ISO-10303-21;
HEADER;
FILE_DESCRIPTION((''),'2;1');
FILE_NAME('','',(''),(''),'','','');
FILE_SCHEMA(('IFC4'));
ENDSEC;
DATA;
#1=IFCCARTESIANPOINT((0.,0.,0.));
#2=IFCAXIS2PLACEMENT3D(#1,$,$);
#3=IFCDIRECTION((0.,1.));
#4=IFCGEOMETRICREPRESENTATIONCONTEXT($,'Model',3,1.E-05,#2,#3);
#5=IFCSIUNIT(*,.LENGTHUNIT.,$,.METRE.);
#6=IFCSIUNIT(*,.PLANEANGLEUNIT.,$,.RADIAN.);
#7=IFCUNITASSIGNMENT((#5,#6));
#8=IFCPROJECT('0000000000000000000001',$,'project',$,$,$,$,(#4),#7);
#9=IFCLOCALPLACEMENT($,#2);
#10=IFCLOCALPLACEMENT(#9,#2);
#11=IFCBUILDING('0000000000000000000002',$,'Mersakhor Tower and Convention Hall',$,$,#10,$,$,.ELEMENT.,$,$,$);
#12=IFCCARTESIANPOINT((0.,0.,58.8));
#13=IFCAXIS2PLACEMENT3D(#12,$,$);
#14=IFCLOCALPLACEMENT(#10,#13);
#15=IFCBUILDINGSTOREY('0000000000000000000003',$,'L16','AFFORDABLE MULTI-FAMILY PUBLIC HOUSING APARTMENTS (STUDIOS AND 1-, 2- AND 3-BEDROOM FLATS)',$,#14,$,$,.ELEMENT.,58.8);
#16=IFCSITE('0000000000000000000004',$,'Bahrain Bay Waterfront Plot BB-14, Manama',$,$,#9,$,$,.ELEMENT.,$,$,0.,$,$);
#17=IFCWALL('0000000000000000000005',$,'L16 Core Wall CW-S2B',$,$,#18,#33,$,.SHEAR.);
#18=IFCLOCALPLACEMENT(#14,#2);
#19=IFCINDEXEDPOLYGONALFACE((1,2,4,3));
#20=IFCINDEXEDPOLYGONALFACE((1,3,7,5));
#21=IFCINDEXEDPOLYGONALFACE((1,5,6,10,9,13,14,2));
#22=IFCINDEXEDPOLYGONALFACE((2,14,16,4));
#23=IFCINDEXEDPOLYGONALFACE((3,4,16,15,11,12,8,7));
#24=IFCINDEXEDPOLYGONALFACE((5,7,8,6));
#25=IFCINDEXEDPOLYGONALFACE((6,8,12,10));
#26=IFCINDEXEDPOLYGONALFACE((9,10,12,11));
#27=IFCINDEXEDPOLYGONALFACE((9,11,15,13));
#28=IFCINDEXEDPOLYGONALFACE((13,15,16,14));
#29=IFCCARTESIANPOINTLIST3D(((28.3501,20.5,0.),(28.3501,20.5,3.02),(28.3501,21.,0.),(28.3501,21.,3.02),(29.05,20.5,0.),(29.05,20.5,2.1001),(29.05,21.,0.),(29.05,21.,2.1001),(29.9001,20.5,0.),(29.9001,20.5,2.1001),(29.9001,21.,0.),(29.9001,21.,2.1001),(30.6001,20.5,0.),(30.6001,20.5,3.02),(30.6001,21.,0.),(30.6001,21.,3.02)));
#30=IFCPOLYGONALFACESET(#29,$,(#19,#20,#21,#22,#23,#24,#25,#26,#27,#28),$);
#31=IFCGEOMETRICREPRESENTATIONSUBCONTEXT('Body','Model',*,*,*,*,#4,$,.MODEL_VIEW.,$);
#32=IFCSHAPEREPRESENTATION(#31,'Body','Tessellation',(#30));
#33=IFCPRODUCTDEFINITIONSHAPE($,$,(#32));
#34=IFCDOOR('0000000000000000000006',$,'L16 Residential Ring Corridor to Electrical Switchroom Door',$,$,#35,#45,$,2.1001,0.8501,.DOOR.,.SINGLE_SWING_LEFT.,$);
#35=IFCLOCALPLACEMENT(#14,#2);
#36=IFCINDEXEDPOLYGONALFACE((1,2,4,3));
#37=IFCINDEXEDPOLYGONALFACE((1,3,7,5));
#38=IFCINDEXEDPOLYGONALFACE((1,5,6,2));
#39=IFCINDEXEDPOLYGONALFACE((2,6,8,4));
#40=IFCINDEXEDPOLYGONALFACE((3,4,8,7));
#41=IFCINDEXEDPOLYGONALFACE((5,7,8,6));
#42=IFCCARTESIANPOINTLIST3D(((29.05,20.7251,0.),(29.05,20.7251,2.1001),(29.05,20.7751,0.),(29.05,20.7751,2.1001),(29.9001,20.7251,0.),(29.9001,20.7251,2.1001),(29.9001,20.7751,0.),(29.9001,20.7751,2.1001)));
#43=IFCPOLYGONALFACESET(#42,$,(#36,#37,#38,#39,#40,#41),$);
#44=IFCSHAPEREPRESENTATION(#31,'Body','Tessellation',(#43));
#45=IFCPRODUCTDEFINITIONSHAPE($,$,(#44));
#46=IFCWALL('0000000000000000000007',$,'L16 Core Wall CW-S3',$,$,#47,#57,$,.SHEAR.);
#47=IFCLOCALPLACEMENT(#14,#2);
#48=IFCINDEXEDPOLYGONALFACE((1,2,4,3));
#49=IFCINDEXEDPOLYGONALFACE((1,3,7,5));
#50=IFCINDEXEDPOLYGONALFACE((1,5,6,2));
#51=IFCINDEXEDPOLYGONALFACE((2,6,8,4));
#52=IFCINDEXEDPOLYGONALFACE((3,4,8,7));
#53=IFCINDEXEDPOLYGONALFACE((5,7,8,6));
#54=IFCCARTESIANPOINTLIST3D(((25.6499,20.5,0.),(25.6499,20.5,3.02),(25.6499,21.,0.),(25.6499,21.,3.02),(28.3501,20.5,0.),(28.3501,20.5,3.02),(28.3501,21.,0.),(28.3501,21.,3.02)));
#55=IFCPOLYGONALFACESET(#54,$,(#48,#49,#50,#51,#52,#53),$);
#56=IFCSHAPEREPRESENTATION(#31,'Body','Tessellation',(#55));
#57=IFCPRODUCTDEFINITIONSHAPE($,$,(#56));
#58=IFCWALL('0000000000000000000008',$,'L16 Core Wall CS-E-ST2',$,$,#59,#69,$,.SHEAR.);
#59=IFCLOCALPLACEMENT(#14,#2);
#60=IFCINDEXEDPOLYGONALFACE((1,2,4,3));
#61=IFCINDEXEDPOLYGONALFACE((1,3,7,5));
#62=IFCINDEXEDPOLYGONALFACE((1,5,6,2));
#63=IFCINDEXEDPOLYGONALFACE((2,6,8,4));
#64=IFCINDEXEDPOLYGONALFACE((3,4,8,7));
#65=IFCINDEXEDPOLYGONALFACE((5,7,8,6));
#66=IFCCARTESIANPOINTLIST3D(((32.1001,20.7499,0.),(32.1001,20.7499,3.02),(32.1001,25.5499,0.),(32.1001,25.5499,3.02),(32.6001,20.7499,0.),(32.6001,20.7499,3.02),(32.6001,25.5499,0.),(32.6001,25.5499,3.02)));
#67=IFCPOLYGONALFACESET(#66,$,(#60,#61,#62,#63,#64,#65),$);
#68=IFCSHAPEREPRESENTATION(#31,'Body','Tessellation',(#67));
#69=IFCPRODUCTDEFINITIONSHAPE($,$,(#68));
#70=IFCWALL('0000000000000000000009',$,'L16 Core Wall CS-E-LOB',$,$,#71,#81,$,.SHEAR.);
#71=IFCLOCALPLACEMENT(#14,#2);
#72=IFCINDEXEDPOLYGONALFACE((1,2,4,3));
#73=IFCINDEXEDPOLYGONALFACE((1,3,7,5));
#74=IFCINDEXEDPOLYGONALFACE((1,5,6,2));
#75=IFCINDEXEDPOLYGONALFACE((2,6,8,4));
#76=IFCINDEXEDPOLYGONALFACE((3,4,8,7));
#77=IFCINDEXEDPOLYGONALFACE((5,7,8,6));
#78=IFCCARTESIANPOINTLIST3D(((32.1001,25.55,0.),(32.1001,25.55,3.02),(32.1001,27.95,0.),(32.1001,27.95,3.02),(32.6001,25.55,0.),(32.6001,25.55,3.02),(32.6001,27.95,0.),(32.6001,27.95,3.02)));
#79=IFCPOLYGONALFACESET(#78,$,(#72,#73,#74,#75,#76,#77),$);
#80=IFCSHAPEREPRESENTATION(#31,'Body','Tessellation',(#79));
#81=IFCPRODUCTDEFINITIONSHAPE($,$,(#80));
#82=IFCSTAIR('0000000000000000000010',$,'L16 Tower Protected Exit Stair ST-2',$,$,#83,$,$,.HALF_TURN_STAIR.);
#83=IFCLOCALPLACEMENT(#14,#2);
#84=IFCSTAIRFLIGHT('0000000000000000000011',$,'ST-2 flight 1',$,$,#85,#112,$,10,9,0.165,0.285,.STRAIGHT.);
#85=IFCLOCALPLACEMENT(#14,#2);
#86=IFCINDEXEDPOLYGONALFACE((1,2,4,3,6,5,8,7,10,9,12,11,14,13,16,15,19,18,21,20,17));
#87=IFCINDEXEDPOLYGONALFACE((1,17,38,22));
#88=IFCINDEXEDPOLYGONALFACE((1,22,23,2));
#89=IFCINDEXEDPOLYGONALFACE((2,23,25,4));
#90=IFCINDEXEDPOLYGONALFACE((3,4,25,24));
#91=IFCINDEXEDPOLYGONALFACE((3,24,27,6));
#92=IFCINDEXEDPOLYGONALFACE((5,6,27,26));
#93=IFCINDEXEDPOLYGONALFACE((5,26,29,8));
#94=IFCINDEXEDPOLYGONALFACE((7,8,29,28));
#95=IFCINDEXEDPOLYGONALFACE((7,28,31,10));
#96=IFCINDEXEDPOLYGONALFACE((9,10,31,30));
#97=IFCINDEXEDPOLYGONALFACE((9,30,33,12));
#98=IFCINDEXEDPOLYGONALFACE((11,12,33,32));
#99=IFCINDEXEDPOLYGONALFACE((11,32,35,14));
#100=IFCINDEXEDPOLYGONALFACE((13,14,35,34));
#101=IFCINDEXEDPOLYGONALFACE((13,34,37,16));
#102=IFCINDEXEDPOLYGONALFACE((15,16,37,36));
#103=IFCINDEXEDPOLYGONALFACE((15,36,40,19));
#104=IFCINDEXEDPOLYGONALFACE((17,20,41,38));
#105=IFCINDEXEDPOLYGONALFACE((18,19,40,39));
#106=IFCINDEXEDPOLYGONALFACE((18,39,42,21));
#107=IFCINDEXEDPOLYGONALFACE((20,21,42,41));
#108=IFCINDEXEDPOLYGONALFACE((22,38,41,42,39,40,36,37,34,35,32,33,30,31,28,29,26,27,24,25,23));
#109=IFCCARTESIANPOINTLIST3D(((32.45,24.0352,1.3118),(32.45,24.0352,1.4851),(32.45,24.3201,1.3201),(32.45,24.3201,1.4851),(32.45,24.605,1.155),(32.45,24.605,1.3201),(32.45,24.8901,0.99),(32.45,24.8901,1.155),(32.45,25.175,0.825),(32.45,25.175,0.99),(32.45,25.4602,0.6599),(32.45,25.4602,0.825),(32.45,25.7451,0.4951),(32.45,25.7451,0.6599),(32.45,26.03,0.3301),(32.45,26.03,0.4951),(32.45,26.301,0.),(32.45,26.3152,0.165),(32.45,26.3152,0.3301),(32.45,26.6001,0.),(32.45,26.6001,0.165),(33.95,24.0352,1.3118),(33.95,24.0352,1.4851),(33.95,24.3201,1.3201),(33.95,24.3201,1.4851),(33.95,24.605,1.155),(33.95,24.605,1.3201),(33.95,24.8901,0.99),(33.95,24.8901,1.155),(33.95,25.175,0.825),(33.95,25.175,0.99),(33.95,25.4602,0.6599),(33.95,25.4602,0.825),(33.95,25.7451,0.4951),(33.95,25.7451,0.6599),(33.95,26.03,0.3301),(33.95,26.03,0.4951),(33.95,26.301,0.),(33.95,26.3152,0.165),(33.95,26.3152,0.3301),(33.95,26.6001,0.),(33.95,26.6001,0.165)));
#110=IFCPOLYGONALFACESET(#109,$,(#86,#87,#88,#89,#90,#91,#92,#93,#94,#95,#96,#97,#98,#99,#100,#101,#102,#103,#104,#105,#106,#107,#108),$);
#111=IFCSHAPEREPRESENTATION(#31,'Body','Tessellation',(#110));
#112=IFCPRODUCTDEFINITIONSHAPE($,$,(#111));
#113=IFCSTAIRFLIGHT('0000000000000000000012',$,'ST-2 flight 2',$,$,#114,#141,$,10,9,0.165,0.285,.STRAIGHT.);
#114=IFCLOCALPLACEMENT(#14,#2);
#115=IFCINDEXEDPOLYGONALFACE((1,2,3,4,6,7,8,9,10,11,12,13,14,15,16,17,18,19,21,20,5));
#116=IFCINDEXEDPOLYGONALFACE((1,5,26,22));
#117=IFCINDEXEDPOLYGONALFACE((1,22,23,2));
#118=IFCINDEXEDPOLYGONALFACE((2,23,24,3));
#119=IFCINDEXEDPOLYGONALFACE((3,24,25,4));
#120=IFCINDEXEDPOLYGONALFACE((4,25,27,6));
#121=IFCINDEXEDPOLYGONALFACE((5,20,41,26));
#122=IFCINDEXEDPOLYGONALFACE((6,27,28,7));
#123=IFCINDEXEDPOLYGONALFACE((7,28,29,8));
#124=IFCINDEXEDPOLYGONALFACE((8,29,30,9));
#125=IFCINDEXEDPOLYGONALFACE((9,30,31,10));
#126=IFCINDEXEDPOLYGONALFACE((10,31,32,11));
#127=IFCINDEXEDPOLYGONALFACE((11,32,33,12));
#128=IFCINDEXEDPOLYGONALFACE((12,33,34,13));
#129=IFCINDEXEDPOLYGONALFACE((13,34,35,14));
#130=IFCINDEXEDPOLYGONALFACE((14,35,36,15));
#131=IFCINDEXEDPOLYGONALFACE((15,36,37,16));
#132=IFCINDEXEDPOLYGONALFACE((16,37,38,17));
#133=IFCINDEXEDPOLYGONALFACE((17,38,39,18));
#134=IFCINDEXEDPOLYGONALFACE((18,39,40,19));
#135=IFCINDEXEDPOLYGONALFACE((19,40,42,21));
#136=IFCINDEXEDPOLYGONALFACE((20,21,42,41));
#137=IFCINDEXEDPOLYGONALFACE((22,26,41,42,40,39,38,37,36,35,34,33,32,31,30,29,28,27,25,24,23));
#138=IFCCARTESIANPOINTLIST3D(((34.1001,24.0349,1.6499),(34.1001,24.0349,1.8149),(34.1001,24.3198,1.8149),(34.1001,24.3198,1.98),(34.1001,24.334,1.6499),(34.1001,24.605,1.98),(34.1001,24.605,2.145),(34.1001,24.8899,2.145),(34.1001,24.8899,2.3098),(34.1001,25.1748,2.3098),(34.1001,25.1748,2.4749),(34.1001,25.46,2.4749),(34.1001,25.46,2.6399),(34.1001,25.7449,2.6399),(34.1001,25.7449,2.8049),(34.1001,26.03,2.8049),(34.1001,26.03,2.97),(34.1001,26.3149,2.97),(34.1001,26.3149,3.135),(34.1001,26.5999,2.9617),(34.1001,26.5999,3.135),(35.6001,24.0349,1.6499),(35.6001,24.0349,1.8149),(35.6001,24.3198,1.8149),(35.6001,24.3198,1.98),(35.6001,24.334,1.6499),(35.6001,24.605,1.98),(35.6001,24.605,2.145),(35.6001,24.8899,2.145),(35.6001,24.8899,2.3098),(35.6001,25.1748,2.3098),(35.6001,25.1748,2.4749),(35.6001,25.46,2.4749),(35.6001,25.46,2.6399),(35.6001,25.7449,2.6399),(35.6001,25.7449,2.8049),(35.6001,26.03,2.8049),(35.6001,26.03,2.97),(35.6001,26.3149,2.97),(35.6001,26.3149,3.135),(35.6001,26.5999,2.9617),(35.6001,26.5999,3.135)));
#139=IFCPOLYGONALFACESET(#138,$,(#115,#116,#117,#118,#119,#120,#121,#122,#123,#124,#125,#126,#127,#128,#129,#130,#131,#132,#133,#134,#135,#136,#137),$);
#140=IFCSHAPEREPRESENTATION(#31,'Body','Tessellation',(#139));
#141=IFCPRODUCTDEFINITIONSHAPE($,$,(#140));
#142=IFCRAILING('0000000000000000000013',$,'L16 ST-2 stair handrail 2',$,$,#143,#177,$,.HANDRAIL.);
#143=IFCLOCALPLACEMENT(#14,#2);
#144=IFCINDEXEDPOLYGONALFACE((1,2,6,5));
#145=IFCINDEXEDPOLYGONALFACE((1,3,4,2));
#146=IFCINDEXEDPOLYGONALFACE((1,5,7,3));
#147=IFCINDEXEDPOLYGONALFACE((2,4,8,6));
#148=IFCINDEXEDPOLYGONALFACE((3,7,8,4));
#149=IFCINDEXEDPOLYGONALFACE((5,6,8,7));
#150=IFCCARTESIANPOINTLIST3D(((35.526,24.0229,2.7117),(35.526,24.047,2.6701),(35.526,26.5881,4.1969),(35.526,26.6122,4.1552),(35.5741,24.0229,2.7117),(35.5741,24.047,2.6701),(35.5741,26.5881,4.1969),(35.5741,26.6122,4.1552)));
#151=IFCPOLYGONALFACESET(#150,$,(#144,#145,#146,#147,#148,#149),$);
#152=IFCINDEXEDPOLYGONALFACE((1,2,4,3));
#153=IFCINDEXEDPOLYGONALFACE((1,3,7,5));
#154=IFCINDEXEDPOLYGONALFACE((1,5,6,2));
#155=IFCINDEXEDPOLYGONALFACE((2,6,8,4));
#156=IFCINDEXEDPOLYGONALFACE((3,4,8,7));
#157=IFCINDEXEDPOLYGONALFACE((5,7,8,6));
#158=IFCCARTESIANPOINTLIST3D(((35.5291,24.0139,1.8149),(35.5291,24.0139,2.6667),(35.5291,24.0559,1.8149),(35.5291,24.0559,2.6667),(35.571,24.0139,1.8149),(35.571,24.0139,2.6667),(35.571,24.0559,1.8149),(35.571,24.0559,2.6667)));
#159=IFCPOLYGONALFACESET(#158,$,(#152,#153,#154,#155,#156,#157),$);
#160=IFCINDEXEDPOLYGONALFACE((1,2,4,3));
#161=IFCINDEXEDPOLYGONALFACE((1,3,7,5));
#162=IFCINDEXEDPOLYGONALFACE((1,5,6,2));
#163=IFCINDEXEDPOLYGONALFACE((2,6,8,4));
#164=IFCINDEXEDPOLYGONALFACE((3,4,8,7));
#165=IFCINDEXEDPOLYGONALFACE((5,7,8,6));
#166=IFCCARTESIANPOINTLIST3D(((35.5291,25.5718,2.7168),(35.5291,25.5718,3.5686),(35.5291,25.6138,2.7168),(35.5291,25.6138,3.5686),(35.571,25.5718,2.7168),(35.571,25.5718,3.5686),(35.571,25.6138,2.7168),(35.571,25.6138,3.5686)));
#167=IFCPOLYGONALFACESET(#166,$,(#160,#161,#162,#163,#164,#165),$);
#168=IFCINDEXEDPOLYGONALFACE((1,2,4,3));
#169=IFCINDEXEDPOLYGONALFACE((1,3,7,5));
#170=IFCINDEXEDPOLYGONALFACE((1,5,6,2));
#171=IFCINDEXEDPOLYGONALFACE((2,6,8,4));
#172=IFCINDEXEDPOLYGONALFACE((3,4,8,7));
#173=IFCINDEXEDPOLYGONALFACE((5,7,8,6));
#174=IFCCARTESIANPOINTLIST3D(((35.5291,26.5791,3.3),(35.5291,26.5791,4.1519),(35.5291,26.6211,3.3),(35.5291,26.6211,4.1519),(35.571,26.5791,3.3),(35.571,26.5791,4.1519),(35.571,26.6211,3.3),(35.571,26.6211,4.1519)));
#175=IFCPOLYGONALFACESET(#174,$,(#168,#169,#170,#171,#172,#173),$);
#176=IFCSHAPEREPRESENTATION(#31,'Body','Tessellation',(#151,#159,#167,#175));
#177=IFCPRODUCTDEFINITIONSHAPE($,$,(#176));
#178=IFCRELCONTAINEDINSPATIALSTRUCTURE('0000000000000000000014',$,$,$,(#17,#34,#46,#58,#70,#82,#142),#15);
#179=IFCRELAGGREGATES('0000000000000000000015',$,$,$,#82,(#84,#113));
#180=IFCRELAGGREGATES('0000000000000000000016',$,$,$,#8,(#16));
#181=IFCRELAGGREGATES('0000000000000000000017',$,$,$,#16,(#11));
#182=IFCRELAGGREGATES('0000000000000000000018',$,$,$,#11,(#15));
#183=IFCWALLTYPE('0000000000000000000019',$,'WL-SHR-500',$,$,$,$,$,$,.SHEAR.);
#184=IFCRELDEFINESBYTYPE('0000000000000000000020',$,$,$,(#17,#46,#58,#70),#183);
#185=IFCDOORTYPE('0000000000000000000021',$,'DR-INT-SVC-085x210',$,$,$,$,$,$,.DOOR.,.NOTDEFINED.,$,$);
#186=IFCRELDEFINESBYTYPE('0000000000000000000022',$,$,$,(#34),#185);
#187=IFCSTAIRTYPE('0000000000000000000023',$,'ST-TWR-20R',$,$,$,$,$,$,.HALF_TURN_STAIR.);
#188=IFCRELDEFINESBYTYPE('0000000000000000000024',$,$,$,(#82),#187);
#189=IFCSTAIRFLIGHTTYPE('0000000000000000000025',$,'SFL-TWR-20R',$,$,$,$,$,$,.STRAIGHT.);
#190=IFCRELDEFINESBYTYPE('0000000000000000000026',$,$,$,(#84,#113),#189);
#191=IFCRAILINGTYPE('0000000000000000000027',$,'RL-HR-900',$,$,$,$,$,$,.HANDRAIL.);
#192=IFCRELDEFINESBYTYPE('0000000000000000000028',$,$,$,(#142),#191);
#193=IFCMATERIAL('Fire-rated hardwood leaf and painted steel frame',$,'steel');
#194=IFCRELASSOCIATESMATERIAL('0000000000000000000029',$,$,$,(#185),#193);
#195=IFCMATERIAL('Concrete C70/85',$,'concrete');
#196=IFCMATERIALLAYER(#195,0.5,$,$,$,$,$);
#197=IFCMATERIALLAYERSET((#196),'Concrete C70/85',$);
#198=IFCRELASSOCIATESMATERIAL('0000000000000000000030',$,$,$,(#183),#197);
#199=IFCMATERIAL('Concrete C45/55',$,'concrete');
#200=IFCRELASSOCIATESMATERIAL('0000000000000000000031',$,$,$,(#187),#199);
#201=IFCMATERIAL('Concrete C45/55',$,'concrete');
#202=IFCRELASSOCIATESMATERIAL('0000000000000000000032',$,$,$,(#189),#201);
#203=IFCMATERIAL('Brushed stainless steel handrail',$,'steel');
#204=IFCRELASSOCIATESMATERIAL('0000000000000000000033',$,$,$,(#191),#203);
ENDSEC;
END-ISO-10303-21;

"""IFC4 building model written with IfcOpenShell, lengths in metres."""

from ifc_helpers import new_model, si_unit, direction, frame, frame_2d, origin, origin_2d, place, context, subcontext, project, spatial, polyline, rectangle, outline, extrude, material, layer, layer_set, type_object, element, fill, aggregate, save


model = new_model("IFC4")

# Units and contexts
model_context = context("Model", 3, precision=1e-05, world=origin(), true_north=direction((0.0, 1.0)))
body_context = subcontext(model_context, "Body", "Model", "MODEL_VIEW")
ifc_project = project(units=[si_unit("LENGTHUNIT", "METRE"), si_unit("PLANEANGLEUNIT", "RADIAN")], contexts=[model_context])

# Site, building, storey
site_placement = place(None, origin())
site = spatial("IfcSite", under=ifc_project, at=site_placement, Name="Bahrain Bay Waterfront Plot BB-14, Manama", CompositionType="ELEMENT", RefElevation=0.0)
building_placement = place(site_placement, origin())
building = spatial("IfcBuilding", under=site, at=building_placement, Name="Mersakhor Tower and Convention Hall", CompositionType="ELEMENT")
storey_placement = place(building_placement, frame((0.0, 0.0, 58.8)))
storey = spatial("IfcBuildingStorey", under=building, at=storey_placement, Name="L16", Description="AFFORDABLE MULTI-FAMILY PUBLIC HOUSING APARTMENTS (STUDIOS AND 1-, 2- AND 3-BEDROOM FLATS)", CompositionType="ELEMENT", Elevation=58.8)

# Shared definitions
ifc_material_1 = material(Name="Fire-rated hardwood leaf and painted steel frame", Category="steel")
door_type_1 = type_object("IfcDoorType", Name="DR-INT-SVC-085x210", OperationType="NOTDEFINED", PredefinedType="DOOR", material=ifc_material_1)

# Wall, opening, door
ifc_material_2 = material(Name="Concrete C70/85", Category="concrete")
ifc_layer_1 = layer(ifc_material_2, 0.5)
ifc_layer_set_1 = layer_set([ifc_layer_1], Name="Concrete C70/85")
wall_type_1 = type_object("IfcWallType", Name="WL-SHR-500", PredefinedType="SHEAR", material=ifc_layer_set_1)
wall_1_placement = place(storey_placement, frame((30.6001, 20.75, 0.0), z_axis=(0.0, 0.0, 1.0), x_axis=(-1.0, 0.0, 0.0)))
wall_1 = element("IfcWall", 1, at=wall_1_placement, inside=storey, type_object=wall_type_1, Name="L16 Core Wall CW-S2B", PredefinedType="SHEAR", context=body_context, shape_type="SweptSolid", body=[
    extrude(rectangle(XDim=2.25, YDim=0.5, at=frame_2d((1.125, 0.0))), origin(), (0.0, 0.0, 1.0), 3.02),
])
opening_1_placement = place(wall_1_placement, frame((0.7, 0.0, 0.0)))
opening_1 = element("IfcOpeningElement", 2, at=opening_1_placement, cuts=wall_1, PredefinedType="OPENING", context=body_context, shape_type="SweptSolid", body=[
    extrude(rectangle(XDim=0.8501, YDim=2.1001, at=frame_2d((0.425, 1.05))), frame((0.0, 0.26, 0.0), z_axis=(0.0, -1.0, 0.0), x_axis=(1.0, 0.0, 0.0)), (0.0, 0.0, 1.0), 0.52),
])
door_1_placement = place(opening_1_placement, origin())
door_1 = element("IfcDoor", 3, at=door_1_placement, inside=storey, type_object=door_type_1, Name="L16 Residential Ring Corridor to Electrical Switchroom Door", OperationType="SINGLE_SWING_LEFT", OverallHeight=2.1001, OverallWidth=0.8501, PredefinedType="DOOR", context=body_context, shape_type="SweptSolid", body=[
    extrude(rectangle(XDim=0.8501, YDim=2.1001, at=frame_2d((0.425, 1.05))), frame((0.0, 0.0249, 0.0), z_axis=(0.0, -1.0, 0.0), x_axis=(1.0, 0.0, 0.0)), (0.0, 0.0, 1.0), 0.05),
])
fill(opening_1, door_1)

# Walls
wall_2_placement = place(storey_placement, frame((28.3501, 20.75, 0.0), z_axis=(0.0, 0.0, 1.0), x_axis=(-1.0, 0.0, 0.0)))
element("IfcWall", 4, at=wall_2_placement, inside=storey, type_object=wall_type_1, Name="L16 Core Wall CW-S3", PredefinedType="SHEAR", context=body_context, shape_type="SweptSolid", body=[
    extrude(rectangle(XDim=2.7002, YDim=0.5, at=frame_2d((1.3501, 0.0))), origin(), (0.0, 0.0, 1.0), 3.02),
])
wall_3_placement = place(storey_placement, frame((32.3501, 20.75, 0.0), z_axis=(0.0, 0.0, 1.0), x_axis=(0.0, 1.0, 0.0)))
element("IfcWall", 5, at=wall_3_placement, inside=storey, type_object=wall_type_1, Name="L16 Core Wall CS-E-ST2", PredefinedType="SHEAR", context=body_context, shape_type="SweptSolid", body=[
    extrude(rectangle(XDim=4.8, YDim=0.5, at=frame_2d((2.3999, 0.0))), origin(), (0.0, 0.0, 1.0), 3.02),
])
wall_4_placement = place(storey_placement, frame((32.3501, 25.55, 0.0), z_axis=(0.0, 0.0, 1.0), x_axis=(0.0, 1.0, 0.0)))
element("IfcWall", 6, at=wall_4_placement, inside=storey, type_object=wall_type_1, Name="L16 Core Wall CS-E-LOB", PredefinedType="SHEAR", context=body_context, shape_type="SweptSolid", body=[
    extrude(rectangle(XDim=2.3999, YDim=0.5, at=frame_2d((1.2, 0.0))), origin(), (0.0, 0.0, 1.0), 3.02),
])

# Stair, stair flights
ifc_material_3 = material(Name="Concrete C45/55", Category="concrete")
stair_type = type_object("IfcStairType", Name="ST-TWR-20R", PredefinedType="HALF_TURN_STAIR", material=ifc_material_3)
stair_placement = place(storey_placement, origin())
stair = element("IfcStair", 7, at=stair_placement, inside=storey, type_object=stair_type, Name="L16 Tower Protected Exit Stair ST-2", PredefinedType="HALF_TURN_STAIR")
ifc_material_4 = material(Name="Concrete C45/55", Category="concrete")
stair_flight_type = type_object("IfcStairFlightType", Name="SFL-TWR-20R", PredefinedType="STRAIGHT", material=ifc_material_4)
stair_flight_1_placement = place(storey_placement, frame((33.2, 26.6001, 0.0), z_axis=(0.0, 0.0, 1.0), x_axis=(0.0, -1.0, 0.0)))
stair_flight_1 = element("IfcStairFlight", 8, at=stair_flight_1_placement, type_object=stair_flight_type, Name="ST-2 flight 1", NumberOfRisers=10, NumberOfTreads=9, PredefinedType="STRAIGHT", RiserHeight=0.165, TreadLength=0.285, context=body_context, shape_type="SweptSolid", body=[
    extrude(outline(polyline([(0.0, 0.0), (0.0, 0.165), (0.2849, 0.165), (0.2849, 0.3301), (0.5701, 0.3301), (0.5701, 0.4951), (0.855, 0.4951), (0.855, 0.6599), (1.1399, 0.6599), (1.1399, 0.825), (1.425, 0.825), (1.425, 0.99), (1.71, 0.99), (1.71, 1.155), (1.9951, 1.155), (1.9951, 1.3201), (2.28, 1.3201), (2.28, 1.4851), (2.5649, 1.4851), (2.5649, 1.6499), (2.5649, 1.3118), (0.2991, 0.0), (0.0, 0.0)])), frame((0.0, 0.75, 0.0), z_axis=(0.0, -1.0, 0.0), x_axis=(1.0, 0.0, 0.0)), (0.0, 0.0, 1.0), 1.5),
])
stair_flight_2_placement = place(storey_placement, frame((34.8501, 24.0349, 1.6499), z_axis=(0.0, 0.0, 1.0), x_axis=(0.0, 1.0, 0.0)))
stair_flight_2 = element("IfcStairFlight", 9, at=stair_flight_2_placement, type_object=stair_flight_type, Name="ST-2 flight 2", NumberOfRisers=10, NumberOfTreads=9, PredefinedType="STRAIGHT", RiserHeight=0.165, TreadLength=0.285, context=body_context, shape_type="SweptSolid", body=[
    extrude(outline(polyline([(0.0, 0.0), (0.0, 0.165), (0.2849, 0.165), (0.2849, 0.3301), (0.5701, 0.3301), (0.5701, 0.4951), (0.855, 0.4951), (0.855, 0.6599), (1.1399, 0.6599), (1.1399, 0.825), (1.425, 0.825), (1.425, 0.99), (1.71, 0.99), (1.71, 1.155), (1.9951, 1.155), (1.9951, 1.3201), (2.28, 1.3201), (2.28, 1.4851), (2.5649, 1.4851), (2.5649, 1.6499), (2.5649, 1.3118), (0.2991, 0.0), (0.0, 0.0)])), frame((0.0, 0.75, 0.0), z_axis=(0.0, -1.0, 0.0), x_axis=(1.0, 0.0, 0.0)), (0.0, 0.0, 1.0), 1.5),
])
aggregate(stair, [stair_flight_1, stair_flight_2])

# Railing
ifc_material_5 = material(Name="Brushed stainless steel handrail", Category="steel")
railing_type_1 = type_object("IfcRailingType", Name="RL-HR-900", PredefinedType="HANDRAIL", material=ifc_material_5)
railing_1_placement = place(storey_placement, frame((35.55, 24.0349, 1.8149)))
element("IfcRailing", 10, at=railing_1_placement, inside=storey, type_object=railing_type_1, Name="L16 ST-2 stair handrail 2", PredefinedType="HANDRAIL", context=body_context, shape_type="SweptSolid", body=[
    extrude(rectangle(XDim=0.0481, YDim=0.0481, at=origin_2d()), frame((0.0, 0.0, 0.876), z_axis=(0.0, 0.865426, 0.501036), x_axis=(-1.0, 0.0, 0.0)), (0.0, 0.0, 1.0), 2.9641),
    extrude(rectangle(XDim=0.042, YDim=0.042, at=origin_2d()), origin(), (0.0, 0.0, 1.0), 0.8518),
    extrude(rectangle(XDim=0.042, YDim=0.042, at=origin_2d()), frame((0.0, 1.5579, 0.9019)), (0.0, 0.0, 1.0), 0.8518),
    extrude(rectangle(XDim=0.042, YDim=0.042, at=origin_2d()), frame((0.0, 2.5652, 1.4851)), (0.0, 0.0, 1.0), 0.8518),
])

save(model, "model.ifc")
